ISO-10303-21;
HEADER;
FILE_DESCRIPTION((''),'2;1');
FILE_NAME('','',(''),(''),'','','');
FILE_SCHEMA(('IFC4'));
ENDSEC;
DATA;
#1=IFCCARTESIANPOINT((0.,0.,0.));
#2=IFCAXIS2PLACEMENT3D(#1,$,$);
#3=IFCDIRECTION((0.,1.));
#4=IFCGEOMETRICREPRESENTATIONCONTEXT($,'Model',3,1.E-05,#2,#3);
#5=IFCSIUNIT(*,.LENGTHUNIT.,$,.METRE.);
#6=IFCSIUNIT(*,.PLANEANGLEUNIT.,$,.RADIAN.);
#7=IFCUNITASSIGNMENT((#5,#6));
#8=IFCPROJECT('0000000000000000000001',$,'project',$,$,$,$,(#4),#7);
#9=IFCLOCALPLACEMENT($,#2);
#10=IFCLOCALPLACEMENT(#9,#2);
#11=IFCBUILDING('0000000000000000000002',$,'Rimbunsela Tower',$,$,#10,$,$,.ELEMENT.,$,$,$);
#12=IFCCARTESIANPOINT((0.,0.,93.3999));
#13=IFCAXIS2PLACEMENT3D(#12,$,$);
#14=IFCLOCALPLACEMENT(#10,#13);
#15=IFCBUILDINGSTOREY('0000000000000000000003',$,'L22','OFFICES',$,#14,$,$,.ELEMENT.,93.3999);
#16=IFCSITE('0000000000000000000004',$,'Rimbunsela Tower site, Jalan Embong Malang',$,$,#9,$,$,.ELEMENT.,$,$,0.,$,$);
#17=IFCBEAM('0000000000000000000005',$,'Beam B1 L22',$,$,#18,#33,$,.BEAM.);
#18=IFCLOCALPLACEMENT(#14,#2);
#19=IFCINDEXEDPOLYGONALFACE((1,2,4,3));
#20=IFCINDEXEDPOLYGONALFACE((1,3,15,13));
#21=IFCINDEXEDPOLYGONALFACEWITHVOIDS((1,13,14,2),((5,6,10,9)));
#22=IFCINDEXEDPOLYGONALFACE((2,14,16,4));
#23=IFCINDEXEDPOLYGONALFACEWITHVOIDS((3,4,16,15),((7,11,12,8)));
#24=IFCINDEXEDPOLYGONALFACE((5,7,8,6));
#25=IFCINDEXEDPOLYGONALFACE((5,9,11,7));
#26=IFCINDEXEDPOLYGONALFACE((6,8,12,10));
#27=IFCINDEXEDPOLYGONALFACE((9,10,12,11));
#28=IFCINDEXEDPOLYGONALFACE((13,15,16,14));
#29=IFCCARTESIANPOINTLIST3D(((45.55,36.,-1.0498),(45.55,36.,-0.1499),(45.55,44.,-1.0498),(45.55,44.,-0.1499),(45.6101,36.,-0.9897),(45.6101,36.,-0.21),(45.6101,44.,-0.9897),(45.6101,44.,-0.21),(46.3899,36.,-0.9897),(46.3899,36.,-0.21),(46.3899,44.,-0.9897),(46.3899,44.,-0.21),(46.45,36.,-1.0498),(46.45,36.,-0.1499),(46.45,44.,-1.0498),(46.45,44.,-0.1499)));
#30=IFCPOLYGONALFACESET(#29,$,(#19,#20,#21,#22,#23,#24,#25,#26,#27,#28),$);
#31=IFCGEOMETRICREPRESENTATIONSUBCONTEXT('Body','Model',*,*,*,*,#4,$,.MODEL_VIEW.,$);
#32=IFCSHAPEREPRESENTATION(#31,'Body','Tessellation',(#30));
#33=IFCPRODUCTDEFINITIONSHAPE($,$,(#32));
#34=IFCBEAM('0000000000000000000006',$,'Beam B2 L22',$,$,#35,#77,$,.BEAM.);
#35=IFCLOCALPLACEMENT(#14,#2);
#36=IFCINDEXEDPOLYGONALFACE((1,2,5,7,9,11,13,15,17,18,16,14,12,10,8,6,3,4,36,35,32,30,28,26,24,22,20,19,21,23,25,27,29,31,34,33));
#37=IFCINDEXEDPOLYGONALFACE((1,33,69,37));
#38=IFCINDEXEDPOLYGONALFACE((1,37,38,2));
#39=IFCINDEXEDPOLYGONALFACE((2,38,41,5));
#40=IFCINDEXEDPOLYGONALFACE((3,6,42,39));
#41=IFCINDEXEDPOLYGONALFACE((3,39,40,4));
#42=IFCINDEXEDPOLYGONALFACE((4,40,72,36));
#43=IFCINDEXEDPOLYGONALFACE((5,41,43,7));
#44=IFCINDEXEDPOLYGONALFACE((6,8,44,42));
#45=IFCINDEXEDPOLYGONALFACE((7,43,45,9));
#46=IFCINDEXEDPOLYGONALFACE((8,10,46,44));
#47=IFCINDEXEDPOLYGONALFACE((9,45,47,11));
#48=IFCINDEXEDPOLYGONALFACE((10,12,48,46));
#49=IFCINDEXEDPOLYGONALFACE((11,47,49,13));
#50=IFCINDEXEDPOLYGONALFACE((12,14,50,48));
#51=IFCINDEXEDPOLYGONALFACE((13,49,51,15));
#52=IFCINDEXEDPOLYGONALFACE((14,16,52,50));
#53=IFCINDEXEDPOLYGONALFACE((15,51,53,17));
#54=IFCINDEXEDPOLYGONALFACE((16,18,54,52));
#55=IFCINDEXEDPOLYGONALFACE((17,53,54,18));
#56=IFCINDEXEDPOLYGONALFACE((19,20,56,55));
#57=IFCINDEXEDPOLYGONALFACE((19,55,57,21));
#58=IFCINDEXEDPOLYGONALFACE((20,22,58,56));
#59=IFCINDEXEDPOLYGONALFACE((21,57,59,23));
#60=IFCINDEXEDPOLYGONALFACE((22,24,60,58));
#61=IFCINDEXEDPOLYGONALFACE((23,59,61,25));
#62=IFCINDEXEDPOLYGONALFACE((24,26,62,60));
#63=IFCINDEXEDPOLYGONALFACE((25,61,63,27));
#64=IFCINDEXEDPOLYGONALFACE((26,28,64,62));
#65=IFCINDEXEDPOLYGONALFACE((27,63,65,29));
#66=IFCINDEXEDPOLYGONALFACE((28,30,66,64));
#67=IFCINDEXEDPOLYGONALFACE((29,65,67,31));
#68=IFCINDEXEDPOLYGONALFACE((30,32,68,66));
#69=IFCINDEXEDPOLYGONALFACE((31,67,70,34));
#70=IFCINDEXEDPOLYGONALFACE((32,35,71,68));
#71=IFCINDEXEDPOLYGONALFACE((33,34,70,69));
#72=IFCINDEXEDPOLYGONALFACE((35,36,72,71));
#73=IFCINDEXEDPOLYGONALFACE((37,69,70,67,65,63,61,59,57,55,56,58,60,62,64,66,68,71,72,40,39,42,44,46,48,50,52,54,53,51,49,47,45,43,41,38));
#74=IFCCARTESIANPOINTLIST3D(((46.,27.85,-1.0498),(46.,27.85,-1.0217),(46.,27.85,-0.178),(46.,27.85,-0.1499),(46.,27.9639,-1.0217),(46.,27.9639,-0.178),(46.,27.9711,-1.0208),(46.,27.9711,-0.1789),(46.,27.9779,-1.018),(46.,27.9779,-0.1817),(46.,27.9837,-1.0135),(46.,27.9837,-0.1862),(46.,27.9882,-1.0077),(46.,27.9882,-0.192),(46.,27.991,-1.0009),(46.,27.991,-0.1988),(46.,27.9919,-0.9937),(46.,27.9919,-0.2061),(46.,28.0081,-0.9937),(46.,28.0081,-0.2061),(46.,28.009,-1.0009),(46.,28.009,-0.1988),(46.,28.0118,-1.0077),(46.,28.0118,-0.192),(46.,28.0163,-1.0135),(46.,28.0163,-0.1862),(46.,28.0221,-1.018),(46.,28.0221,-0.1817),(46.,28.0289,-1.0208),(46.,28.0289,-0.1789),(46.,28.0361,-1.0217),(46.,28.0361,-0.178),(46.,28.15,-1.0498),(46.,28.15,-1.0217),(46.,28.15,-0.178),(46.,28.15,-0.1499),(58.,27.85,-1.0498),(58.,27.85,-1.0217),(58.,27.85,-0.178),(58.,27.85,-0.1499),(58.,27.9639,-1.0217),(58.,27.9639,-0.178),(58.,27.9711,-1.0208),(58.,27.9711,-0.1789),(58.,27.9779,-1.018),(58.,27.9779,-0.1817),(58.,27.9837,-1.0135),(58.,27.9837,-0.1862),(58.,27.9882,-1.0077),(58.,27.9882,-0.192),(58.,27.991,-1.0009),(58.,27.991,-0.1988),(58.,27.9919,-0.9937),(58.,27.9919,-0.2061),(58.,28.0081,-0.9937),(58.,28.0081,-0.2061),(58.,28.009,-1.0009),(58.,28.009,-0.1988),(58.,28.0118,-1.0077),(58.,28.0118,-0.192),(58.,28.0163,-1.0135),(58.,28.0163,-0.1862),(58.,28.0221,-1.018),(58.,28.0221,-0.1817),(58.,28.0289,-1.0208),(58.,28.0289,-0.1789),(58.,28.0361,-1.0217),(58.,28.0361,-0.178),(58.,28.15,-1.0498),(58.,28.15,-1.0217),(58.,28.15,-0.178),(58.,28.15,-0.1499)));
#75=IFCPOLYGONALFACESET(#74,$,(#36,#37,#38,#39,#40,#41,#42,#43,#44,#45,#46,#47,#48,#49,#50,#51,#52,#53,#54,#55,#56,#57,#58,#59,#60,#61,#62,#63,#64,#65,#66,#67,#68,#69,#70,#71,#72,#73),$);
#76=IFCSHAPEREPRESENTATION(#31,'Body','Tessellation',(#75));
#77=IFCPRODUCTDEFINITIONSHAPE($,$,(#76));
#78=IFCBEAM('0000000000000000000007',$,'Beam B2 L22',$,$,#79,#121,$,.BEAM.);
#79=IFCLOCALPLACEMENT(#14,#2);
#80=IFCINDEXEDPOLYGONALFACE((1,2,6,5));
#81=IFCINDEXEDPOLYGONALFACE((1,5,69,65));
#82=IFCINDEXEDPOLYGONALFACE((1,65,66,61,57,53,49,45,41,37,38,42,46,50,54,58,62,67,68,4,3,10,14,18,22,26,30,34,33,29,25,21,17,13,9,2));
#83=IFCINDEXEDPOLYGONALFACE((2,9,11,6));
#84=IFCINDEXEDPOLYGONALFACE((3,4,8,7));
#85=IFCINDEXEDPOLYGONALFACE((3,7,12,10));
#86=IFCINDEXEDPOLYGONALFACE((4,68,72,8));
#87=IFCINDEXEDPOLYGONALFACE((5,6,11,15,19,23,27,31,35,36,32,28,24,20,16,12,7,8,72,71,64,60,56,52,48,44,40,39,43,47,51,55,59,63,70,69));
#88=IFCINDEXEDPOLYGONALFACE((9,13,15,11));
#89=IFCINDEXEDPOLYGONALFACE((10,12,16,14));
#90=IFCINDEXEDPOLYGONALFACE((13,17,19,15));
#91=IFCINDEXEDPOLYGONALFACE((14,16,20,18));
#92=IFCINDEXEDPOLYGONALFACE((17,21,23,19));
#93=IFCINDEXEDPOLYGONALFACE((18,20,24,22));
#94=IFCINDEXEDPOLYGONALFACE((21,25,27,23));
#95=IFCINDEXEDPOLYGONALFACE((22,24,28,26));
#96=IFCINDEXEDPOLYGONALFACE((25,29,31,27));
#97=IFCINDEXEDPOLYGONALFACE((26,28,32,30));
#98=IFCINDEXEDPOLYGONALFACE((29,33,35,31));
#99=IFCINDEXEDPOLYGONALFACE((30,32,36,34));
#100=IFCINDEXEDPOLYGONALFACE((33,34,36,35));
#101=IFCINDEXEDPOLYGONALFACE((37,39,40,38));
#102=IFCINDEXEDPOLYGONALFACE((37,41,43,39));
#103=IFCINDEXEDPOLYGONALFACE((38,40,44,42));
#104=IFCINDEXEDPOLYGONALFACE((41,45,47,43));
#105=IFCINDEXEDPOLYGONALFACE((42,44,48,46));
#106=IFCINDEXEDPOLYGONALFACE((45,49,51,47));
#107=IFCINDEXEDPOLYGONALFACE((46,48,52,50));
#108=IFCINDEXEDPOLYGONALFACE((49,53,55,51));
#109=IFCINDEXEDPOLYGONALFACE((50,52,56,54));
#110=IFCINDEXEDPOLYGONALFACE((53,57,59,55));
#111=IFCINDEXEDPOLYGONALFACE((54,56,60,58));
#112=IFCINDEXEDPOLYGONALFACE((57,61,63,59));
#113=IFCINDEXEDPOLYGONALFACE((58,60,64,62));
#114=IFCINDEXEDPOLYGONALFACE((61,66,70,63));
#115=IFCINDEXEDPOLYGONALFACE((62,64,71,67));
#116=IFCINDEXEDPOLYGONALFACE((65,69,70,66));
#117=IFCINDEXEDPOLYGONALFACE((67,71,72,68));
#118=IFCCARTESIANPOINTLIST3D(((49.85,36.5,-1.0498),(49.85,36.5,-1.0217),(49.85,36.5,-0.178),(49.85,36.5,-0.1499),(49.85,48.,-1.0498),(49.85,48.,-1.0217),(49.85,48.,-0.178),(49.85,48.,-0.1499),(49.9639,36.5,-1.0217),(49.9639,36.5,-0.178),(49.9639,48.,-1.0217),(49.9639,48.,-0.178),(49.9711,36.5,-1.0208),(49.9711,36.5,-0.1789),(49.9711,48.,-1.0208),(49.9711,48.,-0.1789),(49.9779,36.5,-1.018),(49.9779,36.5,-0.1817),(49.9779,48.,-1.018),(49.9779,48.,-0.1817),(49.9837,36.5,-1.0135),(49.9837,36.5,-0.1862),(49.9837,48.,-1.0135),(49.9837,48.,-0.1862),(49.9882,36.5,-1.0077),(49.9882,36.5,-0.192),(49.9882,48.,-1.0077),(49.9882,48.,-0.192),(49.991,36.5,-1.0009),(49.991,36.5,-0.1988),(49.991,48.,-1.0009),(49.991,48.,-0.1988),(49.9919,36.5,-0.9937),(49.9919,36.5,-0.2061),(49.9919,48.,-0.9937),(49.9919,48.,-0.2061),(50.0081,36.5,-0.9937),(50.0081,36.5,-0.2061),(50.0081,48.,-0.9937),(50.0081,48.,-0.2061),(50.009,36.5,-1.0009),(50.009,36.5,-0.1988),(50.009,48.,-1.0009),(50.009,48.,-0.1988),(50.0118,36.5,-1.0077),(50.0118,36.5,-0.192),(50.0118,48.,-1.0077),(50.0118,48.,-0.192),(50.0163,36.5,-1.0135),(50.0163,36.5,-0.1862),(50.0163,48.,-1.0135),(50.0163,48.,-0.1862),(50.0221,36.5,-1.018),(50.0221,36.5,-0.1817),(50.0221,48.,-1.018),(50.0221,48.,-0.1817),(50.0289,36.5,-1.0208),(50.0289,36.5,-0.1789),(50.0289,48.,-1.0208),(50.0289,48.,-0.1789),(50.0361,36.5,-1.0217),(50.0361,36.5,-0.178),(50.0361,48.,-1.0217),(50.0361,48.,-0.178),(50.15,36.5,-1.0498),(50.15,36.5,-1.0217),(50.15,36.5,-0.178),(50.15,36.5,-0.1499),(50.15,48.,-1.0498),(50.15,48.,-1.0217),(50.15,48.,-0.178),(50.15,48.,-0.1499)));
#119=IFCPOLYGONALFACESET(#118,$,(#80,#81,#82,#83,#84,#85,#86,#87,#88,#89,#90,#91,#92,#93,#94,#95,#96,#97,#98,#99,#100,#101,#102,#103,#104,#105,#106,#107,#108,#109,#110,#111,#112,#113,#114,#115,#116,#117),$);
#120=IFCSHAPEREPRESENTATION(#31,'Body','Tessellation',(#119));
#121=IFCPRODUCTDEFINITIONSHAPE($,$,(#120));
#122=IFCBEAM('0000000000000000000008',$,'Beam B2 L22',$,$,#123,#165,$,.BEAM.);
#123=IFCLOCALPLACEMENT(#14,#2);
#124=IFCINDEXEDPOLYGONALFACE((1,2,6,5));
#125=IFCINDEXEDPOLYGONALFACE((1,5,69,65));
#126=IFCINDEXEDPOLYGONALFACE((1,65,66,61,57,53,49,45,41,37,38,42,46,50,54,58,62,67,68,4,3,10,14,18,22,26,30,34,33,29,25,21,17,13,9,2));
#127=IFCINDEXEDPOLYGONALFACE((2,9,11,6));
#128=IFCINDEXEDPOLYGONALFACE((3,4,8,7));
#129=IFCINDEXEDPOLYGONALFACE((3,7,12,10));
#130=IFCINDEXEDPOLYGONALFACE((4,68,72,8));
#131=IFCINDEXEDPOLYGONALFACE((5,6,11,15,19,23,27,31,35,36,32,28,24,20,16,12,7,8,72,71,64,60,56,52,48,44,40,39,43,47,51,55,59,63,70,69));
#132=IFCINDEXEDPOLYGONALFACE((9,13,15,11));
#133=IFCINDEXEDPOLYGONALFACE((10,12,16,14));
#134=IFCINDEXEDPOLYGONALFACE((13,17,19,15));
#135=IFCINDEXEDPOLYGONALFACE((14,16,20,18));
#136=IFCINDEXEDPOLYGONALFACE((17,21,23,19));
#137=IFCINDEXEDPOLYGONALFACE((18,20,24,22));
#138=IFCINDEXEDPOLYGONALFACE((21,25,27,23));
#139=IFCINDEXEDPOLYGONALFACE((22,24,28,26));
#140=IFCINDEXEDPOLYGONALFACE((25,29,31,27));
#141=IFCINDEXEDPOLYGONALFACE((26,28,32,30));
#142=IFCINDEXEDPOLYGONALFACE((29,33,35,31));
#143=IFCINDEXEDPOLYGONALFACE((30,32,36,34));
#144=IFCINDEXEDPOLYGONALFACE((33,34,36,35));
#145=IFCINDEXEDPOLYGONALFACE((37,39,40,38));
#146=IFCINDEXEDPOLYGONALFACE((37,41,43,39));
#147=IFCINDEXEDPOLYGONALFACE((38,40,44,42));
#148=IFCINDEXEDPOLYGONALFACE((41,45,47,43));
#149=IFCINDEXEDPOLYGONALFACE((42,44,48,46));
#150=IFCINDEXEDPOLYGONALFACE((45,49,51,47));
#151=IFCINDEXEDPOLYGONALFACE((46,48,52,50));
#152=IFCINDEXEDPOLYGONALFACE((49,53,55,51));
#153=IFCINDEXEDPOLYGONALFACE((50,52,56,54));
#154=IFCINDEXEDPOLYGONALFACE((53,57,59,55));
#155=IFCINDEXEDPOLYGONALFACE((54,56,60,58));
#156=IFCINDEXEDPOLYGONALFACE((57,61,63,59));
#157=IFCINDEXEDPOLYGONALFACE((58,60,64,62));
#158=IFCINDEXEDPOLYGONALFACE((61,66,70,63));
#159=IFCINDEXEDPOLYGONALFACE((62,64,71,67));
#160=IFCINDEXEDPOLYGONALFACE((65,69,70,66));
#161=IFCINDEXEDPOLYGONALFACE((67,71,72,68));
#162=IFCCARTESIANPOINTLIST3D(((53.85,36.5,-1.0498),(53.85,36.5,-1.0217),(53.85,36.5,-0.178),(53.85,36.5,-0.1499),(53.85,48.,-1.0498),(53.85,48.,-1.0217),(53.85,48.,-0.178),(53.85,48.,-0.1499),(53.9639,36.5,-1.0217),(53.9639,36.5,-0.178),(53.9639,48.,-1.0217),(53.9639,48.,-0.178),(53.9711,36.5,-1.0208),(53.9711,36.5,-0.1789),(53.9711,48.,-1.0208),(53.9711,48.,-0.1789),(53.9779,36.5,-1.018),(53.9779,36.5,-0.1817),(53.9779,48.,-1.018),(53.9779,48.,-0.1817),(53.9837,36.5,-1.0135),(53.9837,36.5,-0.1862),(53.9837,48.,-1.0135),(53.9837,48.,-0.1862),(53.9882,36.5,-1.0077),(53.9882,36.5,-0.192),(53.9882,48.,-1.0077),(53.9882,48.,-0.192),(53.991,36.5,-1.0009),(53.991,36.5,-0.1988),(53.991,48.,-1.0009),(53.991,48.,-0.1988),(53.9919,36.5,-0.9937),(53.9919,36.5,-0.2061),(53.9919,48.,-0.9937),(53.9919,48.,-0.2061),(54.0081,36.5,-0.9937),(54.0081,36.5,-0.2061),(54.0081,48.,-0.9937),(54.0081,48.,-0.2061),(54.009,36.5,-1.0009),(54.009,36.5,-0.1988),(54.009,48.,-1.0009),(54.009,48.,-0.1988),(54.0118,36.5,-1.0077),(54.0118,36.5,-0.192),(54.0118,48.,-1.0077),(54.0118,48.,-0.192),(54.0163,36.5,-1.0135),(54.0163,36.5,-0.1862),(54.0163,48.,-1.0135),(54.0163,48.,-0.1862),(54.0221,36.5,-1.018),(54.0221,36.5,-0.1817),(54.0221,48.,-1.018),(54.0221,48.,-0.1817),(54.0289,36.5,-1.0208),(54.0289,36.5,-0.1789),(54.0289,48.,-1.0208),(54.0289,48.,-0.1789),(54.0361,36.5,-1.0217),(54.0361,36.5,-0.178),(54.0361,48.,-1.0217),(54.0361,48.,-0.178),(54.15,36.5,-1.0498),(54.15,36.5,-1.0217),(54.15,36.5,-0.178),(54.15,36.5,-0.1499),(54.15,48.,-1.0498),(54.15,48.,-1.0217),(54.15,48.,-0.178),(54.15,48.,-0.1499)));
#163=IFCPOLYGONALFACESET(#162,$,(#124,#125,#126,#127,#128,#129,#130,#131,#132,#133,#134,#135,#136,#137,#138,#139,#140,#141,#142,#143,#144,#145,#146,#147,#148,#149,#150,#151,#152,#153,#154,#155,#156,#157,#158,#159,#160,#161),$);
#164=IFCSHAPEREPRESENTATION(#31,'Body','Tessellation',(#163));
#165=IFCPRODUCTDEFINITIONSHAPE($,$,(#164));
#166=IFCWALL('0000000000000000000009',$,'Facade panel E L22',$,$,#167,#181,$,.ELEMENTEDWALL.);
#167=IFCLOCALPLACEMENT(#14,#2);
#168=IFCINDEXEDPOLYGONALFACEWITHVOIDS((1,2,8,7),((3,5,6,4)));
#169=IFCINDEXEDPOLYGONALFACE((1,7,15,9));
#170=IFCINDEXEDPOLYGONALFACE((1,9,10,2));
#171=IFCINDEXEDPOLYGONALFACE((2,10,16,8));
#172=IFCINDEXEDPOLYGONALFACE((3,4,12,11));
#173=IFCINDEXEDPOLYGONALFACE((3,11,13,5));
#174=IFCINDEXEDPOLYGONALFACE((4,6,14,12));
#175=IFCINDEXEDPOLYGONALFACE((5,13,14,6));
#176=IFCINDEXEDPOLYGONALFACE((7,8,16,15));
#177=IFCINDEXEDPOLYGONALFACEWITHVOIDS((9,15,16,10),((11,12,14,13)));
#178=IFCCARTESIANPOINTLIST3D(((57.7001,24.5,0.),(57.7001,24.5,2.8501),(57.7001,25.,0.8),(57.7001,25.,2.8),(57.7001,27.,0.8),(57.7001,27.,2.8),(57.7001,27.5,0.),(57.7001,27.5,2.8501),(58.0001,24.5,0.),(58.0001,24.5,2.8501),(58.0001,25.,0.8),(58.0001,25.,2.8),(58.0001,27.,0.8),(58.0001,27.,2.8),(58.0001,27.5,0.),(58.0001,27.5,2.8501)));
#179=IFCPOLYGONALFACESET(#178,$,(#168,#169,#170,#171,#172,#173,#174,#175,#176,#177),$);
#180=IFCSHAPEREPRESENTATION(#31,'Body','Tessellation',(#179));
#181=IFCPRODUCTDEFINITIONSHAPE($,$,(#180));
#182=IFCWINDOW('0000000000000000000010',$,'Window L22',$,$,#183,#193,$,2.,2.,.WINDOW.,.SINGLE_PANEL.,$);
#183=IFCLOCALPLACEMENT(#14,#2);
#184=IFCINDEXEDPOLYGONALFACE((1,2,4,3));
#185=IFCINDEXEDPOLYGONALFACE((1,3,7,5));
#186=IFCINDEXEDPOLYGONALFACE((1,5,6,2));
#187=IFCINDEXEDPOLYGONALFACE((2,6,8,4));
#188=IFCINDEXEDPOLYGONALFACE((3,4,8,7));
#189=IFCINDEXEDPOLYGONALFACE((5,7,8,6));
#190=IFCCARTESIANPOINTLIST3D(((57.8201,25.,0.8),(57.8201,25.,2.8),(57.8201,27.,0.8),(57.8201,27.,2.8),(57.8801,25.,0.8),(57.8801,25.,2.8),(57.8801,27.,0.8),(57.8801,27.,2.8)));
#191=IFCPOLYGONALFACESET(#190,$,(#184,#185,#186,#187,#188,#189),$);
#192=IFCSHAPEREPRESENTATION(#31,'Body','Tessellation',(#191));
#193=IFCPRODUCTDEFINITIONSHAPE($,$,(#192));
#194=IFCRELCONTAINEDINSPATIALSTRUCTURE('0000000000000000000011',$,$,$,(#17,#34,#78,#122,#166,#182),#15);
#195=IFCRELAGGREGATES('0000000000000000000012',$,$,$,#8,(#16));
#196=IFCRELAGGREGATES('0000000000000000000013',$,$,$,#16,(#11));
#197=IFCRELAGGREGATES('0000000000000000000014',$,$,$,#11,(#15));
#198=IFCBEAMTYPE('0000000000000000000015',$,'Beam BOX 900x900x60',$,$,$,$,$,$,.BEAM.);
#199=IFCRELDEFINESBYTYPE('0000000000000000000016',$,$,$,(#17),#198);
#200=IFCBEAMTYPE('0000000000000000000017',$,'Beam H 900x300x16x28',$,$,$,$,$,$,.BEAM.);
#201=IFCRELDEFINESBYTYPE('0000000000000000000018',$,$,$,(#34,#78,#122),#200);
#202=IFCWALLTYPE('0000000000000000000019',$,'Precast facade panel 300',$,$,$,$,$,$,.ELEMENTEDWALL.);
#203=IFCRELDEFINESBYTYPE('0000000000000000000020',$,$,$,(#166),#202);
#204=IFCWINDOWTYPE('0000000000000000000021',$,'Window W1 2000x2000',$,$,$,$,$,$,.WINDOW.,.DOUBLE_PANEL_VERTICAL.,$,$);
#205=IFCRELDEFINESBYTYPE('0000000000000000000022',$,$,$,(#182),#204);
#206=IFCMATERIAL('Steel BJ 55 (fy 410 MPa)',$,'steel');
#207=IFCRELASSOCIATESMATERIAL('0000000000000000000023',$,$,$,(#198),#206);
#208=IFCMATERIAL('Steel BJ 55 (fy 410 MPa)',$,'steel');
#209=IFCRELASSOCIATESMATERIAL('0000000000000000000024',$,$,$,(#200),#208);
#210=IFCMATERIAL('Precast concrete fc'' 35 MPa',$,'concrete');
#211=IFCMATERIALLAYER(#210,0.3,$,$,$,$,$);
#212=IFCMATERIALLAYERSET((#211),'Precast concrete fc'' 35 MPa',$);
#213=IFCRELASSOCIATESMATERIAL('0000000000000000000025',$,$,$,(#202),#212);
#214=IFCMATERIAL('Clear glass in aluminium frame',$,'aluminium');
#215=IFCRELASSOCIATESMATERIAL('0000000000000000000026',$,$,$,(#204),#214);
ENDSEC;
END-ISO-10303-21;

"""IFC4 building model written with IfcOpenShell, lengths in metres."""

from ifc_helpers import new_model, si_unit, direction, frame, frame_2d, origin, origin_2d, place, context, subcontext, project, spatial, rectangle, hollow_rectangle, i_section, extrude, material, layer, layer_set, material_profile, profile_set, type_object, element, fill, save


model = new_model("IFC4")

# Units and contexts
model_context = context("Model", 3, precision=1e-05, world=origin(), true_north=direction((0.0, 1.0)))
body_context = subcontext(model_context, "Body", "Model", "MODEL_VIEW")
ifc_project = project(units=[si_unit("LENGTHUNIT", "METRE"), si_unit("PLANEANGLEUNIT", "RADIAN")], contexts=[model_context])

# Site, building, storey
site_placement = place(None, origin())
site = spatial("IfcSite", under=ifc_project, at=site_placement, Name="Rimbunsela Tower site, Jalan Embong Malang", CompositionType="ELEMENT", RefElevation=0.0)
building_placement = place(site_placement, origin())
building = spatial("IfcBuilding", under=site, at=building_placement, Name="Rimbunsela Tower", CompositionType="ELEMENT")
storey_placement = place(building_placement, frame((0.0, 0.0, 93.3999)))
storey = spatial("IfcBuildingStorey", under=building, at=storey_placement, Name="L22", Description="OFFICES", CompositionType="ELEMENT", Elevation=93.3999)

# Beams
ifc_material_1 = material(Name="Steel BJ 55 (fy 410 MPa)", Category="steel")
ifc_material_profile_1 = material_profile(ifc_material_1, hollow_rectangle(XDim=0.8999, YDim=0.8999, WallThickness=0.0601, at=origin_2d()), Name="BOX 900x900x60")
ifc_profile_set_1 = profile_set([ifc_material_profile_1], Name="Steel BJ 55 (fy 410 MPa)")
beam_type_1 = type_object("IfcBeamType", Name="Beam BOX 900x900x60", PredefinedType="BEAM", material=ifc_profile_set_1)
beam_1_placement = place(storey_placement, frame((46.0, 36.0, -0.5999), z_axis=(0.0, 1.0, 0.0), x_axis=(-1.0, 0.0, 0.0)))
element("IfcBeam", 1, at=beam_1_placement, inside=storey, type_object=beam_type_1, Name="Beam B1 L22", PredefinedType="BEAM", context=body_context, shape_type="SweptSolid", body=[
    extrude(hollow_rectangle(XDim=0.8999, YDim=0.8999, WallThickness=0.0601, at=origin_2d()), origin(), (0.0, 0.0, 1.0), 8.0),
])
ifc_material_2 = material(Name="Steel BJ 55 (fy 410 MPa)", Category="steel")
ifc_material_profile_2 = material_profile(ifc_material_2, i_section(OverallWidth=0.3, OverallDepth=0.8999, WebThickness=0.0161, FlangeThickness=0.0281, FilletRadius=0.0281, at=origin_2d()), Name="H 900x300x16x28")
ifc_profile_set_2 = profile_set([ifc_material_profile_2], Name="Steel BJ 55 (fy 410 MPa)")
beam_type_2 = type_object("IfcBeamType", Name="Beam H 900x300x16x28", PredefinedType="BEAM", material=ifc_profile_set_2)
beam_2_placement = place(storey_placement, frame((46.0, 28.0, -0.5999), z_axis=(1.0, 0.0, 0.0), x_axis=(0.0, 1.0, 0.0)))
element("IfcBeam", 2, at=beam_2_placement, inside=storey, type_object=beam_type_2, Name="Beam B2 L22", PredefinedType="BEAM", context=body_context, shape_type="SweptSolid", body=[
    extrude(i_section(OverallWidth=0.3, OverallDepth=0.8999, WebThickness=0.0161, FlangeThickness=0.0281, FilletRadius=0.0281, at=origin_2d()), origin(), (0.0, 0.0, 1.0), 12.0),
])
for number, where, z_axis, x_axis, name in (
    (3, (50.0, 36.5, -0.5999), (0.0, 1.0, 0.0), (-1.0, 0.0, 0.0), "Beam B2 L22"),
    (4, (54.0, 36.5, -0.5999), (0.0, 1.0, 0.0), (-1.0, 0.0, 0.0), "Beam B2 L22"),
):
    element("IfcBeam", number, at=place(storey_placement, frame(where, z_axis=z_axis, x_axis=x_axis)), inside=storey, type_object=beam_type_2, Name=name, PredefinedType="BEAM", context=body_context, shape_type="SweptSolid", body=[
        extrude(i_section(OverallWidth=0.3, OverallDepth=0.8999, WebThickness=0.0161, FlangeThickness=0.0281, FilletRadius=0.0281, at=origin_2d()), origin(), (0.0, 0.0, 1.0), 11.5),
    ])

# Wall, opening, window
ifc_material_3 = material(Name="Precast concrete fc' 35 MPa", Category="concrete")
ifc_layer_1 = layer(ifc_material_3, 0.3)
ifc_layer_set_1 = layer_set([ifc_layer_1], Name="Precast concrete fc' 35 MPa")
wall_type = type_object("IfcWallType", Name="Precast facade panel 300", PredefinedType="ELEMENTEDWALL", material=ifc_layer_set_1)
wall_1_placement = place(storey_placement, frame((57.8501, 24.5, 0.0), z_axis=(0.0, 0.0, 1.0), x_axis=(0.0, 1.0, 0.0)))
wall_1 = element("IfcWall", 5, at=wall_1_placement, inside=storey, type_object=wall_type, Name="Facade panel E L22", PredefinedType="ELEMENTEDWALL", context=body_context, shape_type="SweptSolid", body=[
    extrude(rectangle(XDim=3.0, YDim=0.3, at=frame_2d((1.5, 0.0))), origin(), (0.0, 0.0, 1.0), 2.8501),
])
opening_1_placement = place(wall_1_placement, frame((0.5, 0.0, 0.8)))
opening_1 = element("IfcOpeningElement", 6, at=opening_1_placement, cuts=wall_1, PredefinedType="OPENING", context=body_context, shape_type="SweptSolid", body=[
    extrude(rectangle(XDim=2.0, YDim=2.0, at=frame_2d((1.0, 1.0))), frame((0.0, 0.1599, 0.0), z_axis=(0.0, -1.0, 0.0), x_axis=(1.0, 0.0, 0.0)), (0.0, 0.0, 1.0), 0.3201),
])
ifc_material_4 = material(Name="Clear glass in aluminium frame", Category="aluminium")
window_type = type_object("IfcWindowType", Name="Window W1 2000x2000", PartitioningType="DOUBLE_PANEL_VERTICAL", PredefinedType="WINDOW", material=ifc_material_4)
window_1_placement = place(opening_1_placement, origin())
window_1 = element("IfcWindow", 7, at=window_1_placement, inside=storey, type_object=window_type, Name="Window L22", OverallHeight=2.0, OverallWidth=2.0, PartitioningType="SINGLE_PANEL", PredefinedType="WINDOW", context=body_context, shape_type="SweptSolid", body=[
    extrude(rectangle(XDim=2.0, YDim=2.0, at=frame_2d((1.0, 1.0))), frame((0.0, 0.03, 0.0), z_axis=(0.0, -1.0, 0.0), x_axis=(1.0, 0.0, 0.0)), (0.0, 0.0, 1.0), 0.0601),
])
fill(opening_1, window_1)

save(model, "model.ifc")
